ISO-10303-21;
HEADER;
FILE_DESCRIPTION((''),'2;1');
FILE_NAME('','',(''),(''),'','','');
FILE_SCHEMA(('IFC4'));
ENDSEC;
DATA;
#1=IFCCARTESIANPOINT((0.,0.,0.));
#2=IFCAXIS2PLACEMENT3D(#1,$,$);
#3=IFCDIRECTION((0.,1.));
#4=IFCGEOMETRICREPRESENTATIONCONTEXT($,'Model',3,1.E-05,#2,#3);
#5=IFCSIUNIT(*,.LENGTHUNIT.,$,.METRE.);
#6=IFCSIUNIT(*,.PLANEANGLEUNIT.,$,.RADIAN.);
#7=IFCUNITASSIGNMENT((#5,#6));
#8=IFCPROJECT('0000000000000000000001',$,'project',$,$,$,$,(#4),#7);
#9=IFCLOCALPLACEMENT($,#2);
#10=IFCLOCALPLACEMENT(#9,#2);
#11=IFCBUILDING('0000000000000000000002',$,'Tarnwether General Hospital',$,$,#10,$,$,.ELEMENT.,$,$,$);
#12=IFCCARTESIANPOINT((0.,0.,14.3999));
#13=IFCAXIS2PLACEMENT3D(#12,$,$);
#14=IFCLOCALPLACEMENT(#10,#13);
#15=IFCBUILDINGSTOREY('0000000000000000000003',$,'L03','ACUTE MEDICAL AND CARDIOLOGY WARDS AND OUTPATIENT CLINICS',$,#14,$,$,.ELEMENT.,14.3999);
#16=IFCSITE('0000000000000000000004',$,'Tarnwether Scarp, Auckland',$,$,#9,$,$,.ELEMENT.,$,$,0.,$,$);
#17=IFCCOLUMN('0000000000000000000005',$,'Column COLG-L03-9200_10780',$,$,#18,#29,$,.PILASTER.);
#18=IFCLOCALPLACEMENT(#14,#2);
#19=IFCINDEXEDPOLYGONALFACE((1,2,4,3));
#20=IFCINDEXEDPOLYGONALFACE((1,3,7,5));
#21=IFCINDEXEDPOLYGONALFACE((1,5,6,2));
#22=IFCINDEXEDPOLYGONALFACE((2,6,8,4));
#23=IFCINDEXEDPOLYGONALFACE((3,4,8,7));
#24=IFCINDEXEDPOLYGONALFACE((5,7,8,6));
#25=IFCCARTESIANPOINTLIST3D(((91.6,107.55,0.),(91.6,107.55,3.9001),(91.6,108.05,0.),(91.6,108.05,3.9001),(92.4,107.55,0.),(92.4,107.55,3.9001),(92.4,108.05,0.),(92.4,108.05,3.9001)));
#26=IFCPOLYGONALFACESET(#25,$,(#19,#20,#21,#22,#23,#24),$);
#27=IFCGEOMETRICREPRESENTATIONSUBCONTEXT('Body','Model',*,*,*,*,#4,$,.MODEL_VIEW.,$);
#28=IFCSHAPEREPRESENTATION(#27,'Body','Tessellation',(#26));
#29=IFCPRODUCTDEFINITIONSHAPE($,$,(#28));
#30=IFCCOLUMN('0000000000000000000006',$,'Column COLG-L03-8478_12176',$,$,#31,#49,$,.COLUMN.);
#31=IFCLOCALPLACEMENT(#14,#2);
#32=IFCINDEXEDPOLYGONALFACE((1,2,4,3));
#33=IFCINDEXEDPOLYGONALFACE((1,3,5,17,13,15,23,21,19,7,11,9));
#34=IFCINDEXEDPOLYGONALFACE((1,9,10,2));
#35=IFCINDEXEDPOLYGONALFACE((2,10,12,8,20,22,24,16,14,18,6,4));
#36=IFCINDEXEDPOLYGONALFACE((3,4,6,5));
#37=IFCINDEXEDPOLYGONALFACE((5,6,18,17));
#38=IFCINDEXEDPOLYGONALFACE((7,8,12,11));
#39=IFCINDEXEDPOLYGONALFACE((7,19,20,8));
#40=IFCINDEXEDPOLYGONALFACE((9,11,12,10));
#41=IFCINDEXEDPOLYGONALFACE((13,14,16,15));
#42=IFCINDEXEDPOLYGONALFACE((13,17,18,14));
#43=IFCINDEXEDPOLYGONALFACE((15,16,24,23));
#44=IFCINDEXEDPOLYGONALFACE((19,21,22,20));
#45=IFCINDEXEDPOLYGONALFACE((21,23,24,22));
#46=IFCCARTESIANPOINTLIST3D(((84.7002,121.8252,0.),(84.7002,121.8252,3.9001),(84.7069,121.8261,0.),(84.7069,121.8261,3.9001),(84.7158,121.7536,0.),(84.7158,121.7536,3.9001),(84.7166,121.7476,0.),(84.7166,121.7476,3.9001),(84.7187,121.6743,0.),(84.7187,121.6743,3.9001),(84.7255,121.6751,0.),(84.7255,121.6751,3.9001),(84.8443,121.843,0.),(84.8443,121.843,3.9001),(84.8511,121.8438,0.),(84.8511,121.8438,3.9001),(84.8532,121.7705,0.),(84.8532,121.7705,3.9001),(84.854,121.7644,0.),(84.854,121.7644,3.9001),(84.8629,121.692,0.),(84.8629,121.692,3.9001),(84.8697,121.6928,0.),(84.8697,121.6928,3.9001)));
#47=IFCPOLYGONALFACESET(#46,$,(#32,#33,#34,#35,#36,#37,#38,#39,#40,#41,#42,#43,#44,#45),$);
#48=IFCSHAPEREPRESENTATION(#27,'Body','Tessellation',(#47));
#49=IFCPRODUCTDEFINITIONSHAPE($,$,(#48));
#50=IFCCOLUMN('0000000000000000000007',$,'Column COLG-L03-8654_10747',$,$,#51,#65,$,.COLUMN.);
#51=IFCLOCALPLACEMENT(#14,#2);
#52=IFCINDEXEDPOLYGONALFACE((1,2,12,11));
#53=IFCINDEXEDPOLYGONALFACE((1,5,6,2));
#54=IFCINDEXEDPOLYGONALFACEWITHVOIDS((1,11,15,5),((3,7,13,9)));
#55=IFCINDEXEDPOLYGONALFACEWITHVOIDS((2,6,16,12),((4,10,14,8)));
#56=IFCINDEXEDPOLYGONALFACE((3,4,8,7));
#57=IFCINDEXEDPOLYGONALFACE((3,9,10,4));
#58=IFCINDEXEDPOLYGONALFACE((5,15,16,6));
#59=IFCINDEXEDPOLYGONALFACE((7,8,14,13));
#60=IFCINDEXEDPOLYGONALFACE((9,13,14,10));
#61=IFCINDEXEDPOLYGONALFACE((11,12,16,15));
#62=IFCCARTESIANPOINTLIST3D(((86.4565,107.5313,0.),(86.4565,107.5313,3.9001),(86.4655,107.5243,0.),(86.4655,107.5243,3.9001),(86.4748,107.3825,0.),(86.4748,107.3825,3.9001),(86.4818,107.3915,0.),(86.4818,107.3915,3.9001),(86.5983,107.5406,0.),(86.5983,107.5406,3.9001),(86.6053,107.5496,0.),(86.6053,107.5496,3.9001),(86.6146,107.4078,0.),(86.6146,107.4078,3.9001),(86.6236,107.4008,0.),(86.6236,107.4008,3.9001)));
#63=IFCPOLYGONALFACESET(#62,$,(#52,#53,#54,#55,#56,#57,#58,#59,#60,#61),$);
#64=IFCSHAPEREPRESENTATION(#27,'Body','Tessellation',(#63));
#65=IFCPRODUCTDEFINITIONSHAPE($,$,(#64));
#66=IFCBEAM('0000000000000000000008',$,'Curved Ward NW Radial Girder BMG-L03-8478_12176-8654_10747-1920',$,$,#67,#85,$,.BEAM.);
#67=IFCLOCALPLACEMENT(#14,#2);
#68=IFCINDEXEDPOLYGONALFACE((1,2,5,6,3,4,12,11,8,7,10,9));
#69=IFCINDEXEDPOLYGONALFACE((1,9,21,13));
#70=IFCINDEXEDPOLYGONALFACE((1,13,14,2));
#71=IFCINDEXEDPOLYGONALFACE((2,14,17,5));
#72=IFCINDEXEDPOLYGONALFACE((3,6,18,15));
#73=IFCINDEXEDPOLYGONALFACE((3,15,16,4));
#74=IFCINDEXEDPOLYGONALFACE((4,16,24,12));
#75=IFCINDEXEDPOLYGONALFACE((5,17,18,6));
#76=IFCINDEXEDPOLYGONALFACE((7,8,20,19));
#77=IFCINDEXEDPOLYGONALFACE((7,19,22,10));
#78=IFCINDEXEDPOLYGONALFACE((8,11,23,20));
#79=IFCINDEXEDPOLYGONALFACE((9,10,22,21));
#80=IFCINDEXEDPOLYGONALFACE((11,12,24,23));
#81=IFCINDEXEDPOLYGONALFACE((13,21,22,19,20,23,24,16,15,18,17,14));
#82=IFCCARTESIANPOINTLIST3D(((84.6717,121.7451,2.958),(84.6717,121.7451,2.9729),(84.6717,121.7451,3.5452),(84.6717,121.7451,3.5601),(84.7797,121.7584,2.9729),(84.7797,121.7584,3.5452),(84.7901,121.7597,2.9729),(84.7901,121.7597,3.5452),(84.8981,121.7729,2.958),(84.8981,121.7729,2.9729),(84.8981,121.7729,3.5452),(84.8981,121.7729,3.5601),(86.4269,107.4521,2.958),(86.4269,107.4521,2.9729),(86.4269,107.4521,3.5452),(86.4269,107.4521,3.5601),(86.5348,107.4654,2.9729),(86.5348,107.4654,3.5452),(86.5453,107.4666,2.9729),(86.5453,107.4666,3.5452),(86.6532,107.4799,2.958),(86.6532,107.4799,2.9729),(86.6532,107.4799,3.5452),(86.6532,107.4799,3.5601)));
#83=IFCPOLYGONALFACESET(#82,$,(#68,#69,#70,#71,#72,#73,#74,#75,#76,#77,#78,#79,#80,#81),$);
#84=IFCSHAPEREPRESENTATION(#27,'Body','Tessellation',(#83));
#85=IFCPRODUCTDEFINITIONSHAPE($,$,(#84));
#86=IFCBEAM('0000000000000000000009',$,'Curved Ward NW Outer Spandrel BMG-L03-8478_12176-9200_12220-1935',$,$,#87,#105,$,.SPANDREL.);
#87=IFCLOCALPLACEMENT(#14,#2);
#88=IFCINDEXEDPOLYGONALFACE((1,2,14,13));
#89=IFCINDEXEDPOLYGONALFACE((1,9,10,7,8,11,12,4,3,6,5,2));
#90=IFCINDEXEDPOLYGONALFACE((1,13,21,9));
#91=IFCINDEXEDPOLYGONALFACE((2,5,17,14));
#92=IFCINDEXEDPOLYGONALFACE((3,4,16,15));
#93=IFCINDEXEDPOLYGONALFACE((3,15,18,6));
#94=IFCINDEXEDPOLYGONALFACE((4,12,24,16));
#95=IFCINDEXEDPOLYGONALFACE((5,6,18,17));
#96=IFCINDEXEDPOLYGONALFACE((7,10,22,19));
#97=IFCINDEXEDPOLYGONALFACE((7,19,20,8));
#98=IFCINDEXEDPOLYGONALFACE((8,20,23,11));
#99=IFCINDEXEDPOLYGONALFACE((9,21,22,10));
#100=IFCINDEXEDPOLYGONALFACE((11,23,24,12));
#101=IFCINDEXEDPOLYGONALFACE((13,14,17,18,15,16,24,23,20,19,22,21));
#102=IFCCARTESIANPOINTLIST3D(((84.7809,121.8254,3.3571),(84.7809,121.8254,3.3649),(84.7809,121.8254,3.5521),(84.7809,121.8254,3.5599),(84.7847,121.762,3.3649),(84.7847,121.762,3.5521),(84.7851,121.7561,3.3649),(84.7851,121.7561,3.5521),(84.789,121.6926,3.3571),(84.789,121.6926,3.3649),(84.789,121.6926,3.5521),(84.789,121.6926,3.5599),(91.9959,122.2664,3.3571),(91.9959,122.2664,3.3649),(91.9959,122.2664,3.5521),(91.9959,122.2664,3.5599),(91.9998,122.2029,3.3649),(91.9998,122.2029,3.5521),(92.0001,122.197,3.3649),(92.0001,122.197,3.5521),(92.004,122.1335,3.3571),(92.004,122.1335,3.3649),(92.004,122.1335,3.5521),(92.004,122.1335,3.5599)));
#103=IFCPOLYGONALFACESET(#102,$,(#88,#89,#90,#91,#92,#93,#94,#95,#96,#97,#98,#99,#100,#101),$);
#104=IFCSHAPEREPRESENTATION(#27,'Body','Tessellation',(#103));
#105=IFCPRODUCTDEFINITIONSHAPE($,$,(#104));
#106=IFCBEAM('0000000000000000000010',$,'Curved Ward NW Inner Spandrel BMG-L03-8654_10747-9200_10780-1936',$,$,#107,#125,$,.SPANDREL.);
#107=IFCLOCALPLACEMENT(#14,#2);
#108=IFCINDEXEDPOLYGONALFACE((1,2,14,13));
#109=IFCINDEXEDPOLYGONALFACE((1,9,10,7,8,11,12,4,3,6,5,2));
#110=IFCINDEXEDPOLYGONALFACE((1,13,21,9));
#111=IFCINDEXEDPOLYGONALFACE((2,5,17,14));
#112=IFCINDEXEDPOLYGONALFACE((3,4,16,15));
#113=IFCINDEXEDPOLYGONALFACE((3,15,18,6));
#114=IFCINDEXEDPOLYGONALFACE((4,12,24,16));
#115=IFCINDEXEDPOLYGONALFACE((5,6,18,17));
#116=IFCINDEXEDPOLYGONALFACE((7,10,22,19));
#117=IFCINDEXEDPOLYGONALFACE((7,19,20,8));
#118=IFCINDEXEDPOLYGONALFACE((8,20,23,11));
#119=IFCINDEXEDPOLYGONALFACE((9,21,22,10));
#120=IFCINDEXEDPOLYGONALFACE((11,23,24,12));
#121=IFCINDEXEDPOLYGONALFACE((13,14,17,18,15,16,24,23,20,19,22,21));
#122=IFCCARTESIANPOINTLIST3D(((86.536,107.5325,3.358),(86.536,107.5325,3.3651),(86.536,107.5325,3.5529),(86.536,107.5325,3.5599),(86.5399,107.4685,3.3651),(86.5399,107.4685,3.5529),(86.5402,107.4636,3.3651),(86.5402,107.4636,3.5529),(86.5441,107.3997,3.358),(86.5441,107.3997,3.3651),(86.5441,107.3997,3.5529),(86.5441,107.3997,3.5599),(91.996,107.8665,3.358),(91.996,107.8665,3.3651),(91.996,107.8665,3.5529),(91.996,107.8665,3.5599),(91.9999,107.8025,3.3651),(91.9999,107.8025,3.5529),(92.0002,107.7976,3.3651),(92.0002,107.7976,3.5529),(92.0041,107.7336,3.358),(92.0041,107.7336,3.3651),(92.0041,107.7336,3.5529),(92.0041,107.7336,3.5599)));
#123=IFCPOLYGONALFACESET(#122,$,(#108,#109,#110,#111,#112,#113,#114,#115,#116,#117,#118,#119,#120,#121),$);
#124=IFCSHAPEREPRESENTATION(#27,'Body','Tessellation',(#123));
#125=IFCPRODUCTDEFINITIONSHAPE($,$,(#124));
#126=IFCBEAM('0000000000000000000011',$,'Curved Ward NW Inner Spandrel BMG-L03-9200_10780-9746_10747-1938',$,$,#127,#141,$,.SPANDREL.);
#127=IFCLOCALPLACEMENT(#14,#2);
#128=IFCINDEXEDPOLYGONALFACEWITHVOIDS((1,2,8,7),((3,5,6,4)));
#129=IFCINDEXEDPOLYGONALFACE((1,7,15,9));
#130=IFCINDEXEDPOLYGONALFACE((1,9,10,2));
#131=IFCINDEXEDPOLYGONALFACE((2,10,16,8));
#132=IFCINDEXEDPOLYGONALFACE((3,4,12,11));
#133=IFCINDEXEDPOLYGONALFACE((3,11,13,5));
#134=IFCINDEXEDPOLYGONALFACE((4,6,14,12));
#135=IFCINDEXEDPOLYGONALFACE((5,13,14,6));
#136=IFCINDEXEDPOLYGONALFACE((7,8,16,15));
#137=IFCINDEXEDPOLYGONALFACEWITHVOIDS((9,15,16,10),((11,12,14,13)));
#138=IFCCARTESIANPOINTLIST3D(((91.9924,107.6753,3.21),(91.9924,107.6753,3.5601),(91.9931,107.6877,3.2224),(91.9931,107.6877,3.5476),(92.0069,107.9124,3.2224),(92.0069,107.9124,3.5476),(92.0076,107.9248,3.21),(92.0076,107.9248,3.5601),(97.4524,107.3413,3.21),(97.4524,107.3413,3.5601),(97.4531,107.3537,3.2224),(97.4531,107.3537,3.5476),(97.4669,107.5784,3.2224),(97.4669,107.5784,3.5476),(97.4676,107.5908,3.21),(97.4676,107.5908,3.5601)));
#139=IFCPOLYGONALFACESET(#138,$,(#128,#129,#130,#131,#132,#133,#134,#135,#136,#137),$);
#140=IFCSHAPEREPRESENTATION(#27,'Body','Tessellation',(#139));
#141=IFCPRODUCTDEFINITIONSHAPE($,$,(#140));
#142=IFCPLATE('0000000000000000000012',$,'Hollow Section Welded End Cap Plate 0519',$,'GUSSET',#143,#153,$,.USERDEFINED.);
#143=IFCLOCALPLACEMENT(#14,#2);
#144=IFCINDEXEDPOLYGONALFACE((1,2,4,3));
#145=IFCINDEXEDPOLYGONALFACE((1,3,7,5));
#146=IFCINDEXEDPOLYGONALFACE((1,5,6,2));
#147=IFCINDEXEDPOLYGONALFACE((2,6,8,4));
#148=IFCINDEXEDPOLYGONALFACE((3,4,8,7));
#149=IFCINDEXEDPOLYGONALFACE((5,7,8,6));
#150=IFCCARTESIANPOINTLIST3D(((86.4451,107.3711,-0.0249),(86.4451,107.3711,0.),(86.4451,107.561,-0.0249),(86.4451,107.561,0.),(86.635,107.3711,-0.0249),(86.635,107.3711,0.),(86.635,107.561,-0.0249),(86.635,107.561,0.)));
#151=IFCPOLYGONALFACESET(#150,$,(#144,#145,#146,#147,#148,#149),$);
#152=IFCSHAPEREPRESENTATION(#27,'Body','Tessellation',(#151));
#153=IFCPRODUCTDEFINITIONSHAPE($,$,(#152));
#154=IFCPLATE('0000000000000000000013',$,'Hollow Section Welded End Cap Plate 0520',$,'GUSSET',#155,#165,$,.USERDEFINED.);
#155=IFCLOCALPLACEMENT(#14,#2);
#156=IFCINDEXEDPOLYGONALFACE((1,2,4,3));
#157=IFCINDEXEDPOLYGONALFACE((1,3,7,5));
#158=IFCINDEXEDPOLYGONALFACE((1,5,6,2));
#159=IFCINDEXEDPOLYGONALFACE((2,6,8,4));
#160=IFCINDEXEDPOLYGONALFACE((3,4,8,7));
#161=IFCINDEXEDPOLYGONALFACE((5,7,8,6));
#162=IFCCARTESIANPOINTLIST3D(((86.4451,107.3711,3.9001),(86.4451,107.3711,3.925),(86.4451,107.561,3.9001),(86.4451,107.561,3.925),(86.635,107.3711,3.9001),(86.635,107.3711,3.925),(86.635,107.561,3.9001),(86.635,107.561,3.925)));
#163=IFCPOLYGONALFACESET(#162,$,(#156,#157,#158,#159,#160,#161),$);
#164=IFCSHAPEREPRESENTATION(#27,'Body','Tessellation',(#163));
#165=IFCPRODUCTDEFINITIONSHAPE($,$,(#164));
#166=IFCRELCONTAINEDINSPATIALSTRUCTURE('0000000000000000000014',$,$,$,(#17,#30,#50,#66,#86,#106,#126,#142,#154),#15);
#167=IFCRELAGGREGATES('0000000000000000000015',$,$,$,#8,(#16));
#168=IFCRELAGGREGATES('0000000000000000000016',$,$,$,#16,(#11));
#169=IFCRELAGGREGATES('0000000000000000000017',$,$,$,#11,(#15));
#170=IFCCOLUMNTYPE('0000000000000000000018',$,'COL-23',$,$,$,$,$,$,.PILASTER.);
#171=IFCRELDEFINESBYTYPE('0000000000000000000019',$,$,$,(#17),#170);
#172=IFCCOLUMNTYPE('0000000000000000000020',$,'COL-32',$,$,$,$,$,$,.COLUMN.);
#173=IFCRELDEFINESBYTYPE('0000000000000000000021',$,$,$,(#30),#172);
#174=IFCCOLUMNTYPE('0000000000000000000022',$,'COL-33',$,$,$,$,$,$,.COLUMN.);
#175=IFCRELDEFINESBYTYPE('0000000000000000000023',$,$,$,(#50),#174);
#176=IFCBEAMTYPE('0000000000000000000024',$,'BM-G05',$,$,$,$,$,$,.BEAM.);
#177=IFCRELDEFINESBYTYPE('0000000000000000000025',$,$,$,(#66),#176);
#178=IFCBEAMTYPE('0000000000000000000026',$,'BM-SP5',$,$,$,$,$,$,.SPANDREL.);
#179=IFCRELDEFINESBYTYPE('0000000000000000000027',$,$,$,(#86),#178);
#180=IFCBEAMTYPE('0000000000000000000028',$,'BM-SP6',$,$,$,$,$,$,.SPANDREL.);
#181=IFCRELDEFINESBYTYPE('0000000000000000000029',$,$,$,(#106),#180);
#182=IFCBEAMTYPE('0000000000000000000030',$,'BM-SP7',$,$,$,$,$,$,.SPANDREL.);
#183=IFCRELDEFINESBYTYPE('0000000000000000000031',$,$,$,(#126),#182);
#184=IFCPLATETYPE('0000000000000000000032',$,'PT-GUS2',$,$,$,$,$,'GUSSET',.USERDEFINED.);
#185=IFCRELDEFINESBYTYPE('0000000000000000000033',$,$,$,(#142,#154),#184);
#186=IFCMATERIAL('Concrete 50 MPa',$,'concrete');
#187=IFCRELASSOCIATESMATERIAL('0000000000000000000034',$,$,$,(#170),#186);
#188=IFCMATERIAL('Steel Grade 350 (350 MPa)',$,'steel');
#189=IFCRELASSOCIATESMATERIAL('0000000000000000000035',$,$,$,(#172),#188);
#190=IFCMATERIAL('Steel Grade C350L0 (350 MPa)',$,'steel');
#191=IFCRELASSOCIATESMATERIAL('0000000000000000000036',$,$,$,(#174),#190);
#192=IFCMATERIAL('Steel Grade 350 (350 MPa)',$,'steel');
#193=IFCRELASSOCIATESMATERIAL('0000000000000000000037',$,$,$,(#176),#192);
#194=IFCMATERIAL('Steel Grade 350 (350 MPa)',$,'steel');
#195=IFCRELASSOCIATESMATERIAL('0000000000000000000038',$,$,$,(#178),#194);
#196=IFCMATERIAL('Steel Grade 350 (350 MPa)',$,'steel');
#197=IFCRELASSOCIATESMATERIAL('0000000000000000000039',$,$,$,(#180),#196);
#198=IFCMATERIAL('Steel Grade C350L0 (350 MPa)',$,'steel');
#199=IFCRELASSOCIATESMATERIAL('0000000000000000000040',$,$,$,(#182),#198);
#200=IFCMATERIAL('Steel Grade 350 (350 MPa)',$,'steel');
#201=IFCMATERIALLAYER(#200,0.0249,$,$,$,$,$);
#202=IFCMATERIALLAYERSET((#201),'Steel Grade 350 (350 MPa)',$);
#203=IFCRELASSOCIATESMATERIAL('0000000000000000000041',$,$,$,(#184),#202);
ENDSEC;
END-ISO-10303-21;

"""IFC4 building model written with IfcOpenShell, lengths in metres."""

from ifc_helpers import new_model, si_unit, direction, frame, origin, origin_2d, place, context, subcontext, project, spatial, rectangle, hollow_rectangle, i_section, extrude, material, layer, layer_set, material_profile, profile_set, type_object, element, save


model = new_model("IFC4")

# Units and contexts
model_context = context("Model", 3, precision=1e-05, world=origin(), true_north=direction((0.0, 1.0)))
body_context = subcontext(model_context, "Body", "Model", "MODEL_VIEW")
ifc_project = project(units=[si_unit("LENGTHUNIT", "METRE"), si_unit("PLANEANGLEUNIT", "RADIAN")], contexts=[model_context])

# Site, building, storey
site_placement = place(None, origin())
site = spatial("IfcSite", under=ifc_project, at=site_placement, Name="Tarnwether Scarp, Auckland", CompositionType="ELEMENT", RefElevation=0.0)
building_placement = place(site_placement, origin())
building = spatial("IfcBuilding", under=site, at=building_placement, Name="Tarnwether General Hospital", CompositionType="ELEMENT")
storey_placement = place(building_placement, frame((0.0, 0.0, 14.3999)))
storey = spatial("IfcBuildingStorey", under=building, at=storey_placement, Name="L03", Description="ACUTE MEDICAL AND CARDIOLOGY WARDS AND OUTPATIENT CLINICS", CompositionType="ELEMENT", Elevation=14.3999)

# Columns
ifc_material_1 = material(Name="Concrete 50 MPa", Category="concrete")
ifc_material_profile_1 = material_profile(ifc_material_1, rectangle(XDim=0.5, YDim=0.8, at=origin_2d()), Name="RC-PIL-500x800")
ifc_profile_set_1 = profile_set([ifc_material_profile_1], Name="Concrete 50 MPa")
column_type_1 = type_object("IfcColumnType", Name="COL-23", PredefinedType="PILASTER", material=ifc_profile_set_1)
column_1_placement = place(storey_placement, frame((92.0, 107.8, 0.0), z_axis=(0.0, 0.0, 1.0), x_axis=(0.0, 1.0, 0.0)))
element("IfcColumn", 1, at=column_1_placement, inside=storey, type_object=column_type_1, Name="Column COLG-L03-9200_10780", PredefinedType="PILASTER", context=body_context, shape_type="SweptSolid", body=[
    extrude(rectangle(XDim=0.5, YDim=0.8, at=origin_2d()), origin(), (0.0, 0.0, 1.0), 3.9001),
])
ifc_material_2 = material(Name="Steel Grade 350 (350 MPa)", Category="steel")
ifc_material_profile_2 = material_profile(ifc_material_2, i_section(OverallWidth=0.1521, OverallDepth=0.1521, WebThickness=0.0061, FlangeThickness=0.0068, at=origin_2d()), Name="150UC23.4")
ifc_profile_set_2 = profile_set([ifc_material_profile_2], Name="Steel Grade 350 (350 MPa)")
column_type_2 = type_object("IfcColumnType", Name="COL-32", PredefinedType="COLUMN", material=ifc_profile_set_2)
column_2_placement = place(storey_placement, frame((84.7849, 121.759, 0.0), z_axis=(0.0, 0.0, 1.0), x_axis=(-0.121869, 0.992546, 0.0)))
element("IfcColumn", 2, at=column_2_placement, inside=storey, type_object=column_type_2, Name="Column COLG-L03-8478_12176", PredefinedType="COLUMN", context=body_context, shape_type="SweptSolid", body=[
    extrude(i_section(OverallWidth=0.1521, OverallDepth=0.1521, WebThickness=0.0061, FlangeThickness=0.0068, at=origin_2d()), origin(), (0.0, 0.0, 1.0), 3.9001),
])
ifc_material_3 = material(Name="Steel Grade C350L0 (350 MPa)", Category="steel")
ifc_material_profile_3 = material_profile(ifc_material_3, hollow_rectangle(XDim=0.1499, YDim=0.1499, WallThickness=0.0081, at=origin_2d()), Name="SHS150x150x8")
ifc_profile_set_3 = profile_set([ifc_material_profile_3], Name="Steel Grade C350L0 (350 MPa)")
column_type_3 = type_object("IfcColumnType", Name="COL-33", PredefinedType="COLUMN", material=ifc_profile_set_3)
column_3_placement = place(storey_placement, frame((86.54, 107.4661, 0.0), z_axis=(0.0, 0.0, 1.0), x_axis=(-0.121869, 0.992546, 0.0)))
element("IfcColumn", 3, at=column_3_placement, inside=storey, type_object=column_type_3, Name="Column COLG-L03-8654_10747", PredefinedType="COLUMN", context=body_context, shape_type="SweptSolid", body=[
    extrude(hollow_rectangle(XDim=0.1499, YDim=0.1499, WallThickness=0.0081, at=origin_2d()), origin(), (0.0, 0.0, 1.0), 3.9001),
])

# Beams
ifc_material_4 = material(Name="Steel Grade 350 (350 MPa)", Category="steel")
ifc_material_profile_4 = material_profile(ifc_material_4, i_section(OverallWidth=0.228, OverallDepth=0.6021, WebThickness=0.0105, FlangeThickness=0.0149, at=origin_2d()), Name="610UB101")
ifc_profile_set_4 = profile_set([ifc_material_profile_4], Name="Steel Grade 350 (350 MPa)")
beam_type_1 = type_object("IfcBeamType", Name="BM-G05", PredefinedType="BEAM", material=ifc_profile_set_4)
beam_1_placement = place(storey_placement, frame((84.7849, 121.759, 3.259), z_axis=(0.121881, -0.992545, 0.0), x_axis=(0.992545, 0.121881, 0.0)))
element("IfcBeam", 4, at=beam_1_placement, inside=storey, type_object=beam_type_1, Name="Curved Ward NW Radial Girder BMG-L03-8478_12176-8654_10747-1920", PredefinedType="BEAM", context=body_context, shape_type="SweptSolid", body=[
    extrude(i_section(OverallWidth=0.228, OverallDepth=0.6021, WebThickness=0.0105, FlangeThickness=0.0149, at=origin_2d()), origin(), (0.0, 0.0, 1.0), 14.4004),
])
ifc_material_5 = material(Name="Steel Grade 350 (350 MPa)", Category="steel")
ifc_material_profile_5 = material_profile(ifc_material_5, i_section(OverallWidth=0.1331, OverallDepth=0.2029, WebThickness=0.0059, FlangeThickness=0.0078, at=origin_2d()), Name="200UB25.4")
ifc_profile_set_5 = profile_set([ifc_material_profile_5], Name="Steel Grade 350 (350 MPa)")
beam_type_2 = type_object("IfcBeamType", Name="BM-SP5", PredefinedType="SPANDREL", material=ifc_profile_set_5)
beam_2_placement = place(storey_placement, frame((84.7849, 121.759, 3.4585), z_axis=(0.998138, 0.060997, 0.0), x_axis=(-0.060997, 0.998138, 0.0)))
element("IfcBeam", 5, at=beam_2_placement, inside=storey, type_object=beam_type_2, Name="Curved Ward NW Outer Spandrel BMG-L03-8478_12176-9200_12220-1935", PredefinedType="SPANDREL", context=body_context, shape_type="SweptSolid", body=[
    extrude(i_section(OverallWidth=0.1331, OverallDepth=0.2029, WebThickness=0.0059, FlangeThickness=0.0078, at=origin_2d()), origin(), (0.0, 0.0, 1.0), 7.2285),
])
ifc_material_6 = material(Name="Steel Grade 350 (350 MPa)", Category="steel")
ifc_material_profile_6 = material_profile(ifc_material_6, i_section(OverallWidth=0.1331, OverallDepth=0.2019, WebThickness=0.0049, FlangeThickness=0.0071, at=origin_2d()), Name="200UB22.3")
ifc_profile_set_6 = profile_set([ifc_material_profile_6], Name="Steel Grade 350 (350 MPa)")
beam_type_3 = type_object("IfcBeamType", Name="BM-SP6", PredefinedType="SPANDREL", material=ifc_profile_set_6)
beam_3_placement = place(storey_placement, frame((86.54, 107.4661, 3.459), z_axis=(0.998134, 0.061056, 0.0), x_axis=(-0.061056, 0.998134, 0.0)))
element("IfcBeam", 6, at=beam_3_placement, inside=storey, type_object=beam_type_3, Name="Curved Ward NW Inner Spandrel BMG-L03-8654_10747-9200_10780-1936", PredefinedType="SPANDREL", context=body_context, shape_type="SweptSolid", body=[
    extrude(i_section(OverallWidth=0.1331, OverallDepth=0.2019, WebThickness=0.0049, FlangeThickness=0.0071, at=origin_2d()), origin(), (0.0, 0.0, 1.0), 5.4702),
])
ifc_material_7 = material(Name="Steel Grade C350L0 (350 MPa)", Category="steel")
ifc_material_profile_7 = material_profile(ifc_material_7, hollow_rectangle(XDim=0.25, YDim=0.3501, WallThickness=0.0125, at=origin_2d()), Name="RHS350x250x12.5")
ifc_profile_set_7 = profile_set([ifc_material_profile_7], Name="Steel Grade C350L0 (350 MPa)")
beam_type_4 = type_object("IfcBeamType", Name="BM-SP7", PredefinedType="SPANDREL", material=ifc_profile_set_7)
beam_4_placement = place(storey_placement, frame((92.0, 107.8, 3.385), z_axis=(0.998134, -0.061056, 0.0), x_axis=(0.061056, 0.998134, 0.0)))
element("IfcBeam", 7, at=beam_4_placement, inside=storey, type_object=beam_type_4, Name="Curved Ward NW Inner Spandrel BMG-L03-9200_10780-9746_10747-1938", PredefinedType="SPANDREL", context=body_context, shape_type="SweptSolid", body=[
    extrude(hollow_rectangle(XDim=0.25, YDim=0.3501, WallThickness=0.0125, at=origin_2d()), origin(), (0.0, 0.0, 1.0), 5.4702),
])

# Plates
ifc_material_8 = material(Name="Steel Grade 350 (350 MPa)", Category="steel")
ifc_layer_1 = layer(ifc_material_8, 0.0249)
ifc_layer_set_1 = layer_set([ifc_layer_1], Name="Steel Grade 350 (350 MPa)")
plate_type = type_object("IfcPlateType", Name="PT-GUS2", ElementType="GUSSET", PredefinedType="USERDEFINED", material=ifc_layer_set_1)
for number, where, z_axis, x_axis, name in (
    (8, (86.54, 107.4661, -0.0249), (0.0, 0.0, 1.0), (1.0, 0.0, 0.0), "Hollow Section Welded End Cap Plate 0519"),
    (9, (86.54, 107.4661, 3.9001), (0.0, 0.0, 1.0), (1.0, 0.0, 0.0), "Hollow Section Welded End Cap Plate 0520"),
):
    element("IfcPlate", number, at=place(storey_placement, frame(where, z_axis=z_axis, x_axis=x_axis)), inside=storey, type_object=plate_type, Name=name, ObjectType="GUSSET", PredefinedType="USERDEFINED", context=body_context, shape_type="SweptSolid", body=[
        extrude(rectangle(XDim=0.1899, YDim=0.1899, at=origin_2d()), origin(), (0.0, 0.0, 1.0), 0.0249),
    ])

save(model, "model.ifc")
